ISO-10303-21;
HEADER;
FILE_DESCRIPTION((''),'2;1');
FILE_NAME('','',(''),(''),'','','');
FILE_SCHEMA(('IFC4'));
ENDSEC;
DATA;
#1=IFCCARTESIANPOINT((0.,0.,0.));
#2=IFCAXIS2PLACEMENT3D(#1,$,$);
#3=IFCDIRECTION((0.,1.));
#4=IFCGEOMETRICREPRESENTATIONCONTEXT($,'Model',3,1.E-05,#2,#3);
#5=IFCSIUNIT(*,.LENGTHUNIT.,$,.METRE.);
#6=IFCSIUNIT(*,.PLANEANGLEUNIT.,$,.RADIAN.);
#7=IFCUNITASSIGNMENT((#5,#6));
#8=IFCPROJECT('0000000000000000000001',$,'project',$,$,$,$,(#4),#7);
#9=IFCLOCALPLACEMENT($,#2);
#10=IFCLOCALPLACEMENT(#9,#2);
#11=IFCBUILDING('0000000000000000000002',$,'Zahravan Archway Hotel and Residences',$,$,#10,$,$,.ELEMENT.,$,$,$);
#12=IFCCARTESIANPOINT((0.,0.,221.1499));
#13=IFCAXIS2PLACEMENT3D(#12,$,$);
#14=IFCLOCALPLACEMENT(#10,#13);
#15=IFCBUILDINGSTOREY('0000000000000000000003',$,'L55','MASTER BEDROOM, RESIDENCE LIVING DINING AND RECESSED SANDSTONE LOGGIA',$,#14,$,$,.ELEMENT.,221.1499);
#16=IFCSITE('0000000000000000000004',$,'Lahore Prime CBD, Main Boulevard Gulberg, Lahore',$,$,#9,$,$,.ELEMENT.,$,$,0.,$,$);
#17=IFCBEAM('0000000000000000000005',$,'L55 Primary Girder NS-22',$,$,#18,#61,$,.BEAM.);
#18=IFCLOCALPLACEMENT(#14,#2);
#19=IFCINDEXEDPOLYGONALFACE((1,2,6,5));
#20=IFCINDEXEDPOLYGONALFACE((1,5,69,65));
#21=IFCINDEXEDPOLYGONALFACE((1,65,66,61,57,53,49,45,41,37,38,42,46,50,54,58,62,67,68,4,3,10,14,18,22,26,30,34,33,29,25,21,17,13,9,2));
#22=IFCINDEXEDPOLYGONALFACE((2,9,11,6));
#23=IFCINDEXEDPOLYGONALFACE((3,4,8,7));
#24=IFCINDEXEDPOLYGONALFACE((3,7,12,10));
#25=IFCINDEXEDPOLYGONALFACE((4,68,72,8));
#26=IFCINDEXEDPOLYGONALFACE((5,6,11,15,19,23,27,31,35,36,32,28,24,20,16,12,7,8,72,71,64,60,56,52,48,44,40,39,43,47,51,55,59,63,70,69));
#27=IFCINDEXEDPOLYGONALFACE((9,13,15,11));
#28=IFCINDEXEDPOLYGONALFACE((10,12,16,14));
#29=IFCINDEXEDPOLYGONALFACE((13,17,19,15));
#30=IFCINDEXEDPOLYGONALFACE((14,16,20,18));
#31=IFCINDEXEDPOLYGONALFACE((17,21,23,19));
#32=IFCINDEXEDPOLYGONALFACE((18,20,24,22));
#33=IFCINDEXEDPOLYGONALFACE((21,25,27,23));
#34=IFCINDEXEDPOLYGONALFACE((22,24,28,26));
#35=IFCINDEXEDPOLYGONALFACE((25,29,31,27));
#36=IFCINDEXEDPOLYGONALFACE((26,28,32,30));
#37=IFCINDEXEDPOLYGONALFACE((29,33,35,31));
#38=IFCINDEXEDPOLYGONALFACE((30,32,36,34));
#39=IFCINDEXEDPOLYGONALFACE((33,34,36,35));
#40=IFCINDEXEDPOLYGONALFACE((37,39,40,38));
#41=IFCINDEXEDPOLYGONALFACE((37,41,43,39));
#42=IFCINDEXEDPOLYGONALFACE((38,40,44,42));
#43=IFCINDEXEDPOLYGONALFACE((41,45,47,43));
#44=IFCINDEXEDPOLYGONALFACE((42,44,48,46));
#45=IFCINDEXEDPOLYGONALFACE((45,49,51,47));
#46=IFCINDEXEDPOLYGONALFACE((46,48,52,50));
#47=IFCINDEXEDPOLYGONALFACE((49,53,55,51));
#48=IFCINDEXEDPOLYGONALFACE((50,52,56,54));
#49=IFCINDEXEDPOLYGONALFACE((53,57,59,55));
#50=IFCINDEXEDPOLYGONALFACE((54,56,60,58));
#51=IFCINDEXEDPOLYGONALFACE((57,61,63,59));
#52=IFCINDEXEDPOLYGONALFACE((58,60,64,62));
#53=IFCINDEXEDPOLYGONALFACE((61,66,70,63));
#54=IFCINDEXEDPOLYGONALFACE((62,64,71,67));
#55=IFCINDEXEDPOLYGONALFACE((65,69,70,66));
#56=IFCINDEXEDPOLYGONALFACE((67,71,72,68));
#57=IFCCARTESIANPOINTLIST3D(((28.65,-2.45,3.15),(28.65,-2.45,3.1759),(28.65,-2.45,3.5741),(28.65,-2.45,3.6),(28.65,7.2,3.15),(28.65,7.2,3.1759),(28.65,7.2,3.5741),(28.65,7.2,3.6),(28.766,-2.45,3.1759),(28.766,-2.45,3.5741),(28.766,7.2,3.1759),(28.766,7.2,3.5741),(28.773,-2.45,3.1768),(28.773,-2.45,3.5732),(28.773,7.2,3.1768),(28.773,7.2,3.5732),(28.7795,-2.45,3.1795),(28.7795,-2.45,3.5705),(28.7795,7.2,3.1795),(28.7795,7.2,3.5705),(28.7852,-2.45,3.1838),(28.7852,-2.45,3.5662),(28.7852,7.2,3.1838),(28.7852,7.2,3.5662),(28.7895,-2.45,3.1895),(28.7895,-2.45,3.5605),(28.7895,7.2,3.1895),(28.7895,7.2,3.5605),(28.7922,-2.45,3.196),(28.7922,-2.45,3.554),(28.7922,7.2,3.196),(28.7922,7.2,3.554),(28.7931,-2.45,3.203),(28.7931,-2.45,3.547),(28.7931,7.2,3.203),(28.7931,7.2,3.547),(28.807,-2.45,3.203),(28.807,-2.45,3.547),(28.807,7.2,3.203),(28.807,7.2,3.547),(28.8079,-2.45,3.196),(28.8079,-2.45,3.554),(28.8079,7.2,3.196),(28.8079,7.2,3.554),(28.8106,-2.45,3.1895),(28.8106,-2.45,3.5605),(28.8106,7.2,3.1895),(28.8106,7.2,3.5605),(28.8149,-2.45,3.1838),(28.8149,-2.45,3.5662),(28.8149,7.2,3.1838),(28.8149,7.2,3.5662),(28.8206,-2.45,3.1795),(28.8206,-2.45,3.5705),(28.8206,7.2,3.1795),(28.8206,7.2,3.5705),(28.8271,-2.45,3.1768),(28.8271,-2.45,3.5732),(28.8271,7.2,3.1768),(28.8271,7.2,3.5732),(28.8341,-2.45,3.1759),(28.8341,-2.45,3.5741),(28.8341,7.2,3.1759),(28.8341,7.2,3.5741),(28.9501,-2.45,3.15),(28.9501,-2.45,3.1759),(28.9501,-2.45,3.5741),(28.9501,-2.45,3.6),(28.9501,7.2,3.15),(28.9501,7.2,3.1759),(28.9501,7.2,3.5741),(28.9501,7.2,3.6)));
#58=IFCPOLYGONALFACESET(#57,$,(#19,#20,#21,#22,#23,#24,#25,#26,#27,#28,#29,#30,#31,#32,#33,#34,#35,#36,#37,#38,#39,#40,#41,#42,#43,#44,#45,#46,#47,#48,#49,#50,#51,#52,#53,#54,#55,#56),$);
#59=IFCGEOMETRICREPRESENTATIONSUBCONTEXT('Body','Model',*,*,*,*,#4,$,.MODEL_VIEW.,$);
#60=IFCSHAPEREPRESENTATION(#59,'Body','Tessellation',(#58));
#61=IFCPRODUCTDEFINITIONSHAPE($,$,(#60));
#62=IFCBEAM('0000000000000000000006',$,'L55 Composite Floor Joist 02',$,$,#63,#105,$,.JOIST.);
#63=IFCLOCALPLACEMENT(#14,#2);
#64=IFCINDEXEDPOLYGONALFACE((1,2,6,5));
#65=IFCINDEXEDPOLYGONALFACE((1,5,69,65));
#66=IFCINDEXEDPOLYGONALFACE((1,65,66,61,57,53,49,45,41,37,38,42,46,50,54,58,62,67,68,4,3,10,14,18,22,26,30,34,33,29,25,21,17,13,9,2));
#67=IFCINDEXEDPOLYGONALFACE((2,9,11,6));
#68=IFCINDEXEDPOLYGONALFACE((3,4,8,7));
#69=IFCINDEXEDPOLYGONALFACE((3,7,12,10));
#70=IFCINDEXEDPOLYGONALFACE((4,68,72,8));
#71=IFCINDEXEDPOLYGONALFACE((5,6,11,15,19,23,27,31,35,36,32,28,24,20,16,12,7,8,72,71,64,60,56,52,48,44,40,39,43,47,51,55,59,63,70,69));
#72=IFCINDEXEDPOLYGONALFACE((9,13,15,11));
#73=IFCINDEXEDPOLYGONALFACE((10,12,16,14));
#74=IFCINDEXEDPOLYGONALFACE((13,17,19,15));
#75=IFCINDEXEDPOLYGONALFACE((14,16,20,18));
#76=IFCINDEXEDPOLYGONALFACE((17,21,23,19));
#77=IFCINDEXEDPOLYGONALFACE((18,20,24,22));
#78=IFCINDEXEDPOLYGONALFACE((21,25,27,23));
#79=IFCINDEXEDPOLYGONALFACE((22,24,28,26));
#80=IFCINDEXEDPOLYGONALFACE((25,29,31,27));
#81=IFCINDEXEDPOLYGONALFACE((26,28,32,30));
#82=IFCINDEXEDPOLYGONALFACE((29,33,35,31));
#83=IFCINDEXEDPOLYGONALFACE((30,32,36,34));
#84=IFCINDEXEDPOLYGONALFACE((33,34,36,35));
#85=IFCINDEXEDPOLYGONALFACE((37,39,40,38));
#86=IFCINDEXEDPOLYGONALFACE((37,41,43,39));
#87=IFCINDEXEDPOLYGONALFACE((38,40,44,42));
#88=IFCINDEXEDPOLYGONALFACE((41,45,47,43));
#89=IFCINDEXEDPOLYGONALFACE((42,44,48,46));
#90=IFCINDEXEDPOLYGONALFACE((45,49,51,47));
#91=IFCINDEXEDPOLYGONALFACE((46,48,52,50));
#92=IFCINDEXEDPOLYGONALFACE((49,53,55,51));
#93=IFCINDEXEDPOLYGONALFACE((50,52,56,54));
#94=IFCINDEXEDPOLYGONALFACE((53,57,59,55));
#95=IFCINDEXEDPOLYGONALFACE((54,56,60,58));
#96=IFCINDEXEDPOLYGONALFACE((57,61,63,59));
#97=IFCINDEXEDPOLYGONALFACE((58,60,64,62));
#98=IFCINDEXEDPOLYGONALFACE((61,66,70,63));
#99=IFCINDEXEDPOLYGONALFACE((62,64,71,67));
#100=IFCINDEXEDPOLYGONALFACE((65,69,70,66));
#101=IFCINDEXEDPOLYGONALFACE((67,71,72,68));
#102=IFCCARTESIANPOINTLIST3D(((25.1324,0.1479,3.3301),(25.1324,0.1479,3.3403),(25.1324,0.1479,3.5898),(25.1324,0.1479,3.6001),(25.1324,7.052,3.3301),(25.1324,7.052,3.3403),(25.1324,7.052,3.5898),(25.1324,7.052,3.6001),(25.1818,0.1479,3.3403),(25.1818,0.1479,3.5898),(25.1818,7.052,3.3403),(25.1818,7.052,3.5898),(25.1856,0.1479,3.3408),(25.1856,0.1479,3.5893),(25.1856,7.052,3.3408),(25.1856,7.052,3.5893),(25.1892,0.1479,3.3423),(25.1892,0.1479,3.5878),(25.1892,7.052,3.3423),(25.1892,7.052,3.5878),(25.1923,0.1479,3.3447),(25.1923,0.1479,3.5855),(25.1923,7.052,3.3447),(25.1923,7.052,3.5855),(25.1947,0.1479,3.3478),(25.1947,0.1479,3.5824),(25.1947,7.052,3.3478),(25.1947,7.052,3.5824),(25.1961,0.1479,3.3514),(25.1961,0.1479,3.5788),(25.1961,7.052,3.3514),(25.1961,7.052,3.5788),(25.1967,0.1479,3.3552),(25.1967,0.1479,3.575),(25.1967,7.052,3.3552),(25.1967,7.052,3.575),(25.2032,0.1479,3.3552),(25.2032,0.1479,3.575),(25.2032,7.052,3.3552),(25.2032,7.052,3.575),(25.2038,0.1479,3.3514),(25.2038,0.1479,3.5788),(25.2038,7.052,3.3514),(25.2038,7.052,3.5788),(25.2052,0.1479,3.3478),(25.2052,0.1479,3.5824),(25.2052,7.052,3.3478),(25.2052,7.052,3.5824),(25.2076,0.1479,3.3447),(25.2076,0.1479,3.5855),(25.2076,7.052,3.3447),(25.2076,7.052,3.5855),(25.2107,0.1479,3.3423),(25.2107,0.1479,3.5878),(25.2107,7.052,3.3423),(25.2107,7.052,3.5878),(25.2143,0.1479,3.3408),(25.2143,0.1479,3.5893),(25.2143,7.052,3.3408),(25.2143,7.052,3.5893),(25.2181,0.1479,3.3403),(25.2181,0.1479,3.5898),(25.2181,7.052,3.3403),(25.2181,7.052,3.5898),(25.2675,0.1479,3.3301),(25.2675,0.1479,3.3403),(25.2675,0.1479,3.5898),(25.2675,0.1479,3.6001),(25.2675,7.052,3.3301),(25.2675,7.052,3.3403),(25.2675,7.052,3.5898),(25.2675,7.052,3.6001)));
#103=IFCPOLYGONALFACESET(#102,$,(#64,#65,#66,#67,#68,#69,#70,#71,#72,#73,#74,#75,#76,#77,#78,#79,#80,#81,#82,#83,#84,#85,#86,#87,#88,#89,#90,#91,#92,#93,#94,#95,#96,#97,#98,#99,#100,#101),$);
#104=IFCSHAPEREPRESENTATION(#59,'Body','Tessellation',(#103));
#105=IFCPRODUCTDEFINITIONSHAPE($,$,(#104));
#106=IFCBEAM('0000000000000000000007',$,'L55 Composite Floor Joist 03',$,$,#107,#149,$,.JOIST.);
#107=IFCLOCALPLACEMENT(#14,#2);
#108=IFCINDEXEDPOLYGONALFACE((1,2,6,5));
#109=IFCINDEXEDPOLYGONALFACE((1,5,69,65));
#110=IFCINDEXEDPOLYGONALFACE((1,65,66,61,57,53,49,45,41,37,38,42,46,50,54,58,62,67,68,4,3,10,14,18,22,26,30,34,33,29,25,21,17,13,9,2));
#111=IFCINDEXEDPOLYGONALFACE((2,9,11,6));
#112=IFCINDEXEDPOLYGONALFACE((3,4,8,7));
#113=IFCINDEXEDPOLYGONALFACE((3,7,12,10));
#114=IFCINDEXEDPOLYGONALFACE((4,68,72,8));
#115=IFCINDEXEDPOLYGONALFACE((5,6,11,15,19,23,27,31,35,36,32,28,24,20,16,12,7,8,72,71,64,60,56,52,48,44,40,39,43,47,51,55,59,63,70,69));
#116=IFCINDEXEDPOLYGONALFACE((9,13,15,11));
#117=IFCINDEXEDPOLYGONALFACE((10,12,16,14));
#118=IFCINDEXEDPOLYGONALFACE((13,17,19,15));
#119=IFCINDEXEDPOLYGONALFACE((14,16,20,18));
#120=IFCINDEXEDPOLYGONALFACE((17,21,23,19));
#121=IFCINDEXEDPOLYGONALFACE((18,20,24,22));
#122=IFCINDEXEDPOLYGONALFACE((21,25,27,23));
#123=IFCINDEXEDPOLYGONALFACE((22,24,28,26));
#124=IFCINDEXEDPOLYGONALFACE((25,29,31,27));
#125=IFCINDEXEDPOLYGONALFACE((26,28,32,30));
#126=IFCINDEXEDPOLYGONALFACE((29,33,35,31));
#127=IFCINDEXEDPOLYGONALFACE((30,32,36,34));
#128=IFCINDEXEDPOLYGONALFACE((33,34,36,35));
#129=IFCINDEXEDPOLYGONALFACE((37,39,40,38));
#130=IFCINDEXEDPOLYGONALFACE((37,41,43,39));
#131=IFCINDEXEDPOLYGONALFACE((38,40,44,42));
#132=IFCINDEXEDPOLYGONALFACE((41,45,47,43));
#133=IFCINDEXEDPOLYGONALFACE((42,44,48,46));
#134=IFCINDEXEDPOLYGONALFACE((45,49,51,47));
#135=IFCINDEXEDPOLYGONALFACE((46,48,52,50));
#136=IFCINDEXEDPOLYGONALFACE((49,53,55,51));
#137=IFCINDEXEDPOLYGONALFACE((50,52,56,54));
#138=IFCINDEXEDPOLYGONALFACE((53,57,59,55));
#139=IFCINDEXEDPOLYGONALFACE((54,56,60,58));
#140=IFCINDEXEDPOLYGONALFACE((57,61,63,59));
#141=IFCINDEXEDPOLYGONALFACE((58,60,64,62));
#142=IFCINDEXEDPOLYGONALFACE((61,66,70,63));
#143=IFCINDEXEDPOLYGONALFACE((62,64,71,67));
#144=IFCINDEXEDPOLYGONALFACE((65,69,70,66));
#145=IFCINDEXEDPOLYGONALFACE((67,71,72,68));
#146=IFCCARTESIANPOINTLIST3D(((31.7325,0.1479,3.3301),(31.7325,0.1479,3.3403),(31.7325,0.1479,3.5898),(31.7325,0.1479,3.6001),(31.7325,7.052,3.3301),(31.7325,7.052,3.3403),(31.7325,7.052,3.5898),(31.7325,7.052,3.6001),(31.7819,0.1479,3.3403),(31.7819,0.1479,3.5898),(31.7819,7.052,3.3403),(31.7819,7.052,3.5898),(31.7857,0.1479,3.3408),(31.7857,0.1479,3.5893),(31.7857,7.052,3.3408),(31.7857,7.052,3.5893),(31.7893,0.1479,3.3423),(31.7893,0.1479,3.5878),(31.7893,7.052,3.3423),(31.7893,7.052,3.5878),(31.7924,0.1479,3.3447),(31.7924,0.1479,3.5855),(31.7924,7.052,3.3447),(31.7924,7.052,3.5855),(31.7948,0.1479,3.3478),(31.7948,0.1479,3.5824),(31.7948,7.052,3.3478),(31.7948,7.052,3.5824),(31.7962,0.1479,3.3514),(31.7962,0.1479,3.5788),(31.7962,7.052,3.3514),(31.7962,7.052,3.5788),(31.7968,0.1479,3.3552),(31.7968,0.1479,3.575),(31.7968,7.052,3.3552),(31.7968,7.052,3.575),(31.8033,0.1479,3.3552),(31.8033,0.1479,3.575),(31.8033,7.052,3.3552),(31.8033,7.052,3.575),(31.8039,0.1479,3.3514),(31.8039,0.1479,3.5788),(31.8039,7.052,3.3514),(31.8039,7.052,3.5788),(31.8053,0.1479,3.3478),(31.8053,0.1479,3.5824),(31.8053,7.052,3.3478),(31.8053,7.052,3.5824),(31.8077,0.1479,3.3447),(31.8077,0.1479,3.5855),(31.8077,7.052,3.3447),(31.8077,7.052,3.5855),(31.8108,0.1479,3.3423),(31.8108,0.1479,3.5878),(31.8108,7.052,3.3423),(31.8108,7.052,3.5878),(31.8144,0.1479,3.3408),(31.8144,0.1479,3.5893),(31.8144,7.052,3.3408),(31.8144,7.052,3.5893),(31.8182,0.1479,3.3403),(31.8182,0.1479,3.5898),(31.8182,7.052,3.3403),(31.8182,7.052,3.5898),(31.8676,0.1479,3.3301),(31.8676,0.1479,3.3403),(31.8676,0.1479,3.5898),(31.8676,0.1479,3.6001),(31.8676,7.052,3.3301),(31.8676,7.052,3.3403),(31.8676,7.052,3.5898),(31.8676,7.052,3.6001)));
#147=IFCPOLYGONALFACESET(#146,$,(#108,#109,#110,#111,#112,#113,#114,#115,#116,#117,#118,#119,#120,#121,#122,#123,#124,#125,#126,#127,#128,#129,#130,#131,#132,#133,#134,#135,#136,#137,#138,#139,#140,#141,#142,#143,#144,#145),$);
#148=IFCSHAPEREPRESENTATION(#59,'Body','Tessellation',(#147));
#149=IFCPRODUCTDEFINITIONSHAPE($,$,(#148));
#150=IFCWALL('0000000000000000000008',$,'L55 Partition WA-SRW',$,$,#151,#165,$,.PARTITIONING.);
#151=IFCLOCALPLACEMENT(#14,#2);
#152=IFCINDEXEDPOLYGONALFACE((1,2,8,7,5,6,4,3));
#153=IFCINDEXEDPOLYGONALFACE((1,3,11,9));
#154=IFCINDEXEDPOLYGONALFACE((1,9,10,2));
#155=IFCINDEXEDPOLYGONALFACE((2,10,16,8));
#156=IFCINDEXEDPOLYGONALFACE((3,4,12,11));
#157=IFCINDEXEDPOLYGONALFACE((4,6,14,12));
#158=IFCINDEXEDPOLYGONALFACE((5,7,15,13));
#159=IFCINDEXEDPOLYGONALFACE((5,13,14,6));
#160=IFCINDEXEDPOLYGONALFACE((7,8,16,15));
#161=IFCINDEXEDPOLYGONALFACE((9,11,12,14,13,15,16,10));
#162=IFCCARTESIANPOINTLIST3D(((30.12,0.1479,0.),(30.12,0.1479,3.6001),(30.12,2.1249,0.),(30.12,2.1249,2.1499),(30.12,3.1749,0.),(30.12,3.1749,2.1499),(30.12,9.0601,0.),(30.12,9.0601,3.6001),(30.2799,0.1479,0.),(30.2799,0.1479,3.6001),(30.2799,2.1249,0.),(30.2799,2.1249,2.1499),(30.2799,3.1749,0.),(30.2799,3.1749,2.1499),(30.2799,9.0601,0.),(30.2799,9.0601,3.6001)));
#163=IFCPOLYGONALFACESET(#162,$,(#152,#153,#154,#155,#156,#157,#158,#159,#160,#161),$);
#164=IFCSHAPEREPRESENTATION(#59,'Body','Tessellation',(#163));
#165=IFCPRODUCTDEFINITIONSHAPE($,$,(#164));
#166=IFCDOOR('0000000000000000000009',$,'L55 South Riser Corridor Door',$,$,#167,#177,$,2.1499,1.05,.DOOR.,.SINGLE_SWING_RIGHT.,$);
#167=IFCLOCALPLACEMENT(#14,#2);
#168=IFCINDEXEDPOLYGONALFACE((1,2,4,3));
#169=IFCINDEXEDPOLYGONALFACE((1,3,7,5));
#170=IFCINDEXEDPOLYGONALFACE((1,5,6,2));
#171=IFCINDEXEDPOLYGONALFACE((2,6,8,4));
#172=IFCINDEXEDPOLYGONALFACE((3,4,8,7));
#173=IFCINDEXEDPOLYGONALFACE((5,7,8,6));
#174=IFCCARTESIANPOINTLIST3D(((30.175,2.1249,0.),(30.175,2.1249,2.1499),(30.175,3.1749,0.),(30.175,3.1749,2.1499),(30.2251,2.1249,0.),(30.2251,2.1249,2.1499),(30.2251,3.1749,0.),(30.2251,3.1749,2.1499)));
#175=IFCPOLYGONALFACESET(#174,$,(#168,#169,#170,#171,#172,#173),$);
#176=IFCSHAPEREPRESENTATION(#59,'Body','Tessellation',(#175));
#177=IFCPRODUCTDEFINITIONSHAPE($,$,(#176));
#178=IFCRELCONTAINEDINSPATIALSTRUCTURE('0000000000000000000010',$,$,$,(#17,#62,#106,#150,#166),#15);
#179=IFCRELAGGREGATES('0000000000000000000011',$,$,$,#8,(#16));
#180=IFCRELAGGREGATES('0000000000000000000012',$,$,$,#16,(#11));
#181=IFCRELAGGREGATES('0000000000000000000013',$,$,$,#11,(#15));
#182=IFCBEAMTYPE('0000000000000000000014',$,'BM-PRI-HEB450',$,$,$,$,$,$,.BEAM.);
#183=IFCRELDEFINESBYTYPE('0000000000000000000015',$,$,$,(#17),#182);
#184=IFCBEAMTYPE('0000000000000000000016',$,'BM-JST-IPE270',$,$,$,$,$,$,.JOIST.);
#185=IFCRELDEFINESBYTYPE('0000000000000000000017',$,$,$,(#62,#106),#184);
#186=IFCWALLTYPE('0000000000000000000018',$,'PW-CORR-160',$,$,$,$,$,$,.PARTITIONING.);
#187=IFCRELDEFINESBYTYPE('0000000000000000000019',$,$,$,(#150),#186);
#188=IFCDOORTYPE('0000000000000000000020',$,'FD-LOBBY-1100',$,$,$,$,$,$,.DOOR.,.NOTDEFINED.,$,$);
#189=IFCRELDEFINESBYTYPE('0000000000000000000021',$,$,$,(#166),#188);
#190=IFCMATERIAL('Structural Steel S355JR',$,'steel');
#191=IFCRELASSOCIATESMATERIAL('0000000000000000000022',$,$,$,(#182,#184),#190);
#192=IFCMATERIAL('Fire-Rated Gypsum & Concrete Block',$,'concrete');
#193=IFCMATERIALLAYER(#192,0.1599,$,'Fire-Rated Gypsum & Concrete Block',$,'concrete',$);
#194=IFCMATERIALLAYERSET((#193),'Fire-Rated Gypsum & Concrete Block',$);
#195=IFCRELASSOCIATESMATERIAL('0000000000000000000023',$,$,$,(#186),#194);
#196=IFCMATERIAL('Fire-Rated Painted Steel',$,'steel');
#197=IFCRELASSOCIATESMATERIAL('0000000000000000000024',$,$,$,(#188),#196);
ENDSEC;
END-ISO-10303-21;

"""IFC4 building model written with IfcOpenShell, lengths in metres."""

from ifc_helpers import new_model, si_unit, direction, frame, frame_2d, origin, origin_2d, place, context, subcontext, project, spatial, rectangle, i_section, extrude, source, transform, mapped, material, layer, layer_set, material_profile, profile_set, type_object, type_shapes, element, fill, save


model = new_model("IFC4")

# Units and contexts
model_context = context("Model", 3, precision=1e-05, world=origin(), true_north=direction((0.0, 1.0)))
body_context = subcontext(model_context, "Body", "Model", "MODEL_VIEW")
ifc_project = project(units=[si_unit("LENGTHUNIT", "METRE"), si_unit("PLANEANGLEUNIT", "RADIAN")], contexts=[model_context])

# Site, building, storey
site_placement = place(None, origin())
site = spatial("IfcSite", under=ifc_project, at=site_placement, Name="Lahore Prime CBD, Main Boulevard Gulberg, Lahore", CompositionType="ELEMENT", RefElevation=0.0)
building_placement = place(site_placement, origin())
building = spatial("IfcBuilding", under=site, at=building_placement, Name="Zahravan Archway Hotel and Residences", CompositionType="ELEMENT")
storey_placement = place(building_placement, frame((0.0, 0.0, 221.1499)))
storey = spatial("IfcBuildingStorey", under=building, at=storey_placement, Name="L55", Description="MASTER BEDROOM, RESIDENCE LIVING DINING AND RECESSED SANDSTONE LOGGIA", CompositionType="ELEMENT", Elevation=221.1499)

# Beams
ifc_material_1 = material(Name="Structural Steel S355JR", Category="steel")
ifc_material_profile_1 = material_profile(ifc_material_1, i_section(OverallWidth=0.3, OverallDepth=0.45, WebThickness=0.0139, FlangeThickness=0.0259, FilletRadius=0.0271, at=origin_2d()), Name="HEB 450", Category="steel")
ifc_profile_set_1 = profile_set([ifc_material_profile_1], Name="Structural Steel S355JR")
beam_type_1 = type_object("IfcBeamType", Name="BM-PRI-HEB450", PredefinedType="BEAM", material=ifc_profile_set_1)
shared_shape_1 = source(origin(), body_context, "Body", "SweptSolid", [
    extrude(i_section(OverallWidth=0.3, OverallDepth=0.45, WebThickness=0.0139, FlangeThickness=0.0259, FilletRadius=0.0271, at=origin_2d()), origin(), (0.0, 0.0, 1.0), 9.6499),
])
for number, where, z_axis, x_axis, name in (
    (1, (28.8, -2.45, 3.375), (0.0, 1.0, 0.0), (-1.0, 0.0, 0.0), "L55 Primary Girder NS-22"),
):
    element("IfcBeam", number, at=place(storey_placement, frame(where, z_axis=z_axis, x_axis=x_axis)), inside=storey, type_object=beam_type_1, Name=name, PredefinedType="BEAM", context=body_context, shape_type="MappedRepresentation", body=[
        mapped(shared_shape_1, transform((0.0, 0.0, 0.0), scale=1.0)),
    ])
ifc_material_profile_2 = material_profile(ifc_material_1, i_section(OverallWidth=0.135, OverallDepth=0.27, WebThickness=0.0066, FlangeThickness=0.0103, FilletRadius=0.0149, at=origin_2d()), Name="IPE 270", Category="steel")
ifc_profile_set_2 = profile_set([ifc_material_profile_2], Name="Structural Steel S355JR")
beam_type_2 = type_object("IfcBeamType", Name="BM-JST-IPE270", PredefinedType="JOIST", material=ifc_profile_set_2)
shared_shape_2 = source(origin(), body_context, "Body", "SweptSolid", [
    extrude(i_section(OverallWidth=0.135, OverallDepth=0.27, WebThickness=0.0066, FlangeThickness=0.0103, FilletRadius=0.0149, at=origin_2d()), origin(), (0.0, 0.0, 1.0), 6.9041),
])
type_shapes(beam_type_2, [shared_shape_2])
for number, where, z_axis, x_axis, name in (
    (2, (25.2, 0.1479, 3.4651), (0.0, 1.0, 0.0), (-1.0, 0.0, 0.0), "L55 Composite Floor Joist 02"),
    (3, (31.8, 0.1479, 3.4651), (0.0, 1.0, 0.0), (-1.0, 0.0, 0.0), "L55 Composite Floor Joist 03"),
):
    element("IfcBeam", number, at=place(storey_placement, frame(where, z_axis=z_axis, x_axis=x_axis)), inside=storey, type_object=beam_type_2, Name=name, PredefinedType="JOIST", context=body_context, shape_type="MappedRepresentation", body=[
        mapped(shared_shape_2, transform((0.0, 0.0, 0.0), scale=1.0)),
    ])

# Wall, opening, door
ifc_material_2 = material(Name="Fire-Rated Gypsum & Concrete Block", Category="concrete")
ifc_layer_1 = layer(ifc_material_2, 0.1599, Name="Fire-Rated Gypsum & Concrete Block", Category="concrete")
ifc_layer_set_1 = layer_set([ifc_layer_1], Name="Fire-Rated Gypsum & Concrete Block")
wall_type_1 = type_object("IfcWallType", Name="PW-CORR-160", PredefinedType="PARTITIONING", material=ifc_layer_set_1)
wall_1_placement = place(storey_placement, frame((30.2, 0.1479, 0.0), z_axis=(0.0, 0.0, 1.0), x_axis=(0.0, 1.0, 0.0)))
wall_1 = element("IfcWall", 4, at=wall_1_placement, inside=storey, type_object=wall_type_1, Name="L55 Partition WA-SRW", PredefinedType="PARTITIONING", context=body_context, shape_type="SweptSolid", body=[
    extrude(rectangle(XDim=8.9121, YDim=0.1599, at=frame_2d((4.4561, 0.0))), origin(), (0.0, 0.0, 1.0), 3.6001),
])
opening_1_placement = place(wall_1_placement, frame((1.9771, 0.0, 0.0)))
opening_1 = element("IfcOpeningElement", 5, at=opening_1_placement, cuts=wall_1, PredefinedType="OPENING", context=body_context, shape_type="SweptSolid", body=[
    extrude(rectangle(XDim=1.05, YDim=2.1499, at=frame_2d((0.5249, 1.075))), frame((0.0, 0.0898, 0.0), z_axis=(0.0, -1.0, 0.0), x_axis=(1.0, 0.0, 0.0)), (0.0, 0.0, 1.0), 0.1799),
])
ifc_material_3 = material(Name="Fire-Rated Painted Steel", Category="steel")
door_type_1 = type_object("IfcDoorType", Name="FD-LOBBY-1100", OperationType="NOTDEFINED", PredefinedType="DOOR", material=ifc_material_3)
shared_shape_3 = source(origin(), body_context, "Body", "SweptSolid", [
    extrude(rectangle(XDim=1.05, YDim=2.1499, at=frame_2d((0.5249, 1.075))), frame((0.0, 0.0249, 0.0), z_axis=(0.0, -1.0, 0.0), x_axis=(1.0, 0.0, 0.0)), (0.0, 0.0, 1.0), 0.05),
])
type_shapes(door_type_1, [shared_shape_3])
door_1_placement = place(opening_1_placement, origin())
door_1 = element("IfcDoor", 6, at=door_1_placement, inside=storey, type_object=door_type_1, Name="L55 South Riser Corridor Door", OperationType="SINGLE_SWING_RIGHT", OverallHeight=2.1499, OverallWidth=1.05, PredefinedType="DOOR", context=body_context, shape_type="MappedRepresentation", body=[
    mapped(shared_shape_3, transform((0.0, 0.0, 0.0), scale=1.0)),
])
fill(opening_1, door_1)

save(model, "model.ifc")
